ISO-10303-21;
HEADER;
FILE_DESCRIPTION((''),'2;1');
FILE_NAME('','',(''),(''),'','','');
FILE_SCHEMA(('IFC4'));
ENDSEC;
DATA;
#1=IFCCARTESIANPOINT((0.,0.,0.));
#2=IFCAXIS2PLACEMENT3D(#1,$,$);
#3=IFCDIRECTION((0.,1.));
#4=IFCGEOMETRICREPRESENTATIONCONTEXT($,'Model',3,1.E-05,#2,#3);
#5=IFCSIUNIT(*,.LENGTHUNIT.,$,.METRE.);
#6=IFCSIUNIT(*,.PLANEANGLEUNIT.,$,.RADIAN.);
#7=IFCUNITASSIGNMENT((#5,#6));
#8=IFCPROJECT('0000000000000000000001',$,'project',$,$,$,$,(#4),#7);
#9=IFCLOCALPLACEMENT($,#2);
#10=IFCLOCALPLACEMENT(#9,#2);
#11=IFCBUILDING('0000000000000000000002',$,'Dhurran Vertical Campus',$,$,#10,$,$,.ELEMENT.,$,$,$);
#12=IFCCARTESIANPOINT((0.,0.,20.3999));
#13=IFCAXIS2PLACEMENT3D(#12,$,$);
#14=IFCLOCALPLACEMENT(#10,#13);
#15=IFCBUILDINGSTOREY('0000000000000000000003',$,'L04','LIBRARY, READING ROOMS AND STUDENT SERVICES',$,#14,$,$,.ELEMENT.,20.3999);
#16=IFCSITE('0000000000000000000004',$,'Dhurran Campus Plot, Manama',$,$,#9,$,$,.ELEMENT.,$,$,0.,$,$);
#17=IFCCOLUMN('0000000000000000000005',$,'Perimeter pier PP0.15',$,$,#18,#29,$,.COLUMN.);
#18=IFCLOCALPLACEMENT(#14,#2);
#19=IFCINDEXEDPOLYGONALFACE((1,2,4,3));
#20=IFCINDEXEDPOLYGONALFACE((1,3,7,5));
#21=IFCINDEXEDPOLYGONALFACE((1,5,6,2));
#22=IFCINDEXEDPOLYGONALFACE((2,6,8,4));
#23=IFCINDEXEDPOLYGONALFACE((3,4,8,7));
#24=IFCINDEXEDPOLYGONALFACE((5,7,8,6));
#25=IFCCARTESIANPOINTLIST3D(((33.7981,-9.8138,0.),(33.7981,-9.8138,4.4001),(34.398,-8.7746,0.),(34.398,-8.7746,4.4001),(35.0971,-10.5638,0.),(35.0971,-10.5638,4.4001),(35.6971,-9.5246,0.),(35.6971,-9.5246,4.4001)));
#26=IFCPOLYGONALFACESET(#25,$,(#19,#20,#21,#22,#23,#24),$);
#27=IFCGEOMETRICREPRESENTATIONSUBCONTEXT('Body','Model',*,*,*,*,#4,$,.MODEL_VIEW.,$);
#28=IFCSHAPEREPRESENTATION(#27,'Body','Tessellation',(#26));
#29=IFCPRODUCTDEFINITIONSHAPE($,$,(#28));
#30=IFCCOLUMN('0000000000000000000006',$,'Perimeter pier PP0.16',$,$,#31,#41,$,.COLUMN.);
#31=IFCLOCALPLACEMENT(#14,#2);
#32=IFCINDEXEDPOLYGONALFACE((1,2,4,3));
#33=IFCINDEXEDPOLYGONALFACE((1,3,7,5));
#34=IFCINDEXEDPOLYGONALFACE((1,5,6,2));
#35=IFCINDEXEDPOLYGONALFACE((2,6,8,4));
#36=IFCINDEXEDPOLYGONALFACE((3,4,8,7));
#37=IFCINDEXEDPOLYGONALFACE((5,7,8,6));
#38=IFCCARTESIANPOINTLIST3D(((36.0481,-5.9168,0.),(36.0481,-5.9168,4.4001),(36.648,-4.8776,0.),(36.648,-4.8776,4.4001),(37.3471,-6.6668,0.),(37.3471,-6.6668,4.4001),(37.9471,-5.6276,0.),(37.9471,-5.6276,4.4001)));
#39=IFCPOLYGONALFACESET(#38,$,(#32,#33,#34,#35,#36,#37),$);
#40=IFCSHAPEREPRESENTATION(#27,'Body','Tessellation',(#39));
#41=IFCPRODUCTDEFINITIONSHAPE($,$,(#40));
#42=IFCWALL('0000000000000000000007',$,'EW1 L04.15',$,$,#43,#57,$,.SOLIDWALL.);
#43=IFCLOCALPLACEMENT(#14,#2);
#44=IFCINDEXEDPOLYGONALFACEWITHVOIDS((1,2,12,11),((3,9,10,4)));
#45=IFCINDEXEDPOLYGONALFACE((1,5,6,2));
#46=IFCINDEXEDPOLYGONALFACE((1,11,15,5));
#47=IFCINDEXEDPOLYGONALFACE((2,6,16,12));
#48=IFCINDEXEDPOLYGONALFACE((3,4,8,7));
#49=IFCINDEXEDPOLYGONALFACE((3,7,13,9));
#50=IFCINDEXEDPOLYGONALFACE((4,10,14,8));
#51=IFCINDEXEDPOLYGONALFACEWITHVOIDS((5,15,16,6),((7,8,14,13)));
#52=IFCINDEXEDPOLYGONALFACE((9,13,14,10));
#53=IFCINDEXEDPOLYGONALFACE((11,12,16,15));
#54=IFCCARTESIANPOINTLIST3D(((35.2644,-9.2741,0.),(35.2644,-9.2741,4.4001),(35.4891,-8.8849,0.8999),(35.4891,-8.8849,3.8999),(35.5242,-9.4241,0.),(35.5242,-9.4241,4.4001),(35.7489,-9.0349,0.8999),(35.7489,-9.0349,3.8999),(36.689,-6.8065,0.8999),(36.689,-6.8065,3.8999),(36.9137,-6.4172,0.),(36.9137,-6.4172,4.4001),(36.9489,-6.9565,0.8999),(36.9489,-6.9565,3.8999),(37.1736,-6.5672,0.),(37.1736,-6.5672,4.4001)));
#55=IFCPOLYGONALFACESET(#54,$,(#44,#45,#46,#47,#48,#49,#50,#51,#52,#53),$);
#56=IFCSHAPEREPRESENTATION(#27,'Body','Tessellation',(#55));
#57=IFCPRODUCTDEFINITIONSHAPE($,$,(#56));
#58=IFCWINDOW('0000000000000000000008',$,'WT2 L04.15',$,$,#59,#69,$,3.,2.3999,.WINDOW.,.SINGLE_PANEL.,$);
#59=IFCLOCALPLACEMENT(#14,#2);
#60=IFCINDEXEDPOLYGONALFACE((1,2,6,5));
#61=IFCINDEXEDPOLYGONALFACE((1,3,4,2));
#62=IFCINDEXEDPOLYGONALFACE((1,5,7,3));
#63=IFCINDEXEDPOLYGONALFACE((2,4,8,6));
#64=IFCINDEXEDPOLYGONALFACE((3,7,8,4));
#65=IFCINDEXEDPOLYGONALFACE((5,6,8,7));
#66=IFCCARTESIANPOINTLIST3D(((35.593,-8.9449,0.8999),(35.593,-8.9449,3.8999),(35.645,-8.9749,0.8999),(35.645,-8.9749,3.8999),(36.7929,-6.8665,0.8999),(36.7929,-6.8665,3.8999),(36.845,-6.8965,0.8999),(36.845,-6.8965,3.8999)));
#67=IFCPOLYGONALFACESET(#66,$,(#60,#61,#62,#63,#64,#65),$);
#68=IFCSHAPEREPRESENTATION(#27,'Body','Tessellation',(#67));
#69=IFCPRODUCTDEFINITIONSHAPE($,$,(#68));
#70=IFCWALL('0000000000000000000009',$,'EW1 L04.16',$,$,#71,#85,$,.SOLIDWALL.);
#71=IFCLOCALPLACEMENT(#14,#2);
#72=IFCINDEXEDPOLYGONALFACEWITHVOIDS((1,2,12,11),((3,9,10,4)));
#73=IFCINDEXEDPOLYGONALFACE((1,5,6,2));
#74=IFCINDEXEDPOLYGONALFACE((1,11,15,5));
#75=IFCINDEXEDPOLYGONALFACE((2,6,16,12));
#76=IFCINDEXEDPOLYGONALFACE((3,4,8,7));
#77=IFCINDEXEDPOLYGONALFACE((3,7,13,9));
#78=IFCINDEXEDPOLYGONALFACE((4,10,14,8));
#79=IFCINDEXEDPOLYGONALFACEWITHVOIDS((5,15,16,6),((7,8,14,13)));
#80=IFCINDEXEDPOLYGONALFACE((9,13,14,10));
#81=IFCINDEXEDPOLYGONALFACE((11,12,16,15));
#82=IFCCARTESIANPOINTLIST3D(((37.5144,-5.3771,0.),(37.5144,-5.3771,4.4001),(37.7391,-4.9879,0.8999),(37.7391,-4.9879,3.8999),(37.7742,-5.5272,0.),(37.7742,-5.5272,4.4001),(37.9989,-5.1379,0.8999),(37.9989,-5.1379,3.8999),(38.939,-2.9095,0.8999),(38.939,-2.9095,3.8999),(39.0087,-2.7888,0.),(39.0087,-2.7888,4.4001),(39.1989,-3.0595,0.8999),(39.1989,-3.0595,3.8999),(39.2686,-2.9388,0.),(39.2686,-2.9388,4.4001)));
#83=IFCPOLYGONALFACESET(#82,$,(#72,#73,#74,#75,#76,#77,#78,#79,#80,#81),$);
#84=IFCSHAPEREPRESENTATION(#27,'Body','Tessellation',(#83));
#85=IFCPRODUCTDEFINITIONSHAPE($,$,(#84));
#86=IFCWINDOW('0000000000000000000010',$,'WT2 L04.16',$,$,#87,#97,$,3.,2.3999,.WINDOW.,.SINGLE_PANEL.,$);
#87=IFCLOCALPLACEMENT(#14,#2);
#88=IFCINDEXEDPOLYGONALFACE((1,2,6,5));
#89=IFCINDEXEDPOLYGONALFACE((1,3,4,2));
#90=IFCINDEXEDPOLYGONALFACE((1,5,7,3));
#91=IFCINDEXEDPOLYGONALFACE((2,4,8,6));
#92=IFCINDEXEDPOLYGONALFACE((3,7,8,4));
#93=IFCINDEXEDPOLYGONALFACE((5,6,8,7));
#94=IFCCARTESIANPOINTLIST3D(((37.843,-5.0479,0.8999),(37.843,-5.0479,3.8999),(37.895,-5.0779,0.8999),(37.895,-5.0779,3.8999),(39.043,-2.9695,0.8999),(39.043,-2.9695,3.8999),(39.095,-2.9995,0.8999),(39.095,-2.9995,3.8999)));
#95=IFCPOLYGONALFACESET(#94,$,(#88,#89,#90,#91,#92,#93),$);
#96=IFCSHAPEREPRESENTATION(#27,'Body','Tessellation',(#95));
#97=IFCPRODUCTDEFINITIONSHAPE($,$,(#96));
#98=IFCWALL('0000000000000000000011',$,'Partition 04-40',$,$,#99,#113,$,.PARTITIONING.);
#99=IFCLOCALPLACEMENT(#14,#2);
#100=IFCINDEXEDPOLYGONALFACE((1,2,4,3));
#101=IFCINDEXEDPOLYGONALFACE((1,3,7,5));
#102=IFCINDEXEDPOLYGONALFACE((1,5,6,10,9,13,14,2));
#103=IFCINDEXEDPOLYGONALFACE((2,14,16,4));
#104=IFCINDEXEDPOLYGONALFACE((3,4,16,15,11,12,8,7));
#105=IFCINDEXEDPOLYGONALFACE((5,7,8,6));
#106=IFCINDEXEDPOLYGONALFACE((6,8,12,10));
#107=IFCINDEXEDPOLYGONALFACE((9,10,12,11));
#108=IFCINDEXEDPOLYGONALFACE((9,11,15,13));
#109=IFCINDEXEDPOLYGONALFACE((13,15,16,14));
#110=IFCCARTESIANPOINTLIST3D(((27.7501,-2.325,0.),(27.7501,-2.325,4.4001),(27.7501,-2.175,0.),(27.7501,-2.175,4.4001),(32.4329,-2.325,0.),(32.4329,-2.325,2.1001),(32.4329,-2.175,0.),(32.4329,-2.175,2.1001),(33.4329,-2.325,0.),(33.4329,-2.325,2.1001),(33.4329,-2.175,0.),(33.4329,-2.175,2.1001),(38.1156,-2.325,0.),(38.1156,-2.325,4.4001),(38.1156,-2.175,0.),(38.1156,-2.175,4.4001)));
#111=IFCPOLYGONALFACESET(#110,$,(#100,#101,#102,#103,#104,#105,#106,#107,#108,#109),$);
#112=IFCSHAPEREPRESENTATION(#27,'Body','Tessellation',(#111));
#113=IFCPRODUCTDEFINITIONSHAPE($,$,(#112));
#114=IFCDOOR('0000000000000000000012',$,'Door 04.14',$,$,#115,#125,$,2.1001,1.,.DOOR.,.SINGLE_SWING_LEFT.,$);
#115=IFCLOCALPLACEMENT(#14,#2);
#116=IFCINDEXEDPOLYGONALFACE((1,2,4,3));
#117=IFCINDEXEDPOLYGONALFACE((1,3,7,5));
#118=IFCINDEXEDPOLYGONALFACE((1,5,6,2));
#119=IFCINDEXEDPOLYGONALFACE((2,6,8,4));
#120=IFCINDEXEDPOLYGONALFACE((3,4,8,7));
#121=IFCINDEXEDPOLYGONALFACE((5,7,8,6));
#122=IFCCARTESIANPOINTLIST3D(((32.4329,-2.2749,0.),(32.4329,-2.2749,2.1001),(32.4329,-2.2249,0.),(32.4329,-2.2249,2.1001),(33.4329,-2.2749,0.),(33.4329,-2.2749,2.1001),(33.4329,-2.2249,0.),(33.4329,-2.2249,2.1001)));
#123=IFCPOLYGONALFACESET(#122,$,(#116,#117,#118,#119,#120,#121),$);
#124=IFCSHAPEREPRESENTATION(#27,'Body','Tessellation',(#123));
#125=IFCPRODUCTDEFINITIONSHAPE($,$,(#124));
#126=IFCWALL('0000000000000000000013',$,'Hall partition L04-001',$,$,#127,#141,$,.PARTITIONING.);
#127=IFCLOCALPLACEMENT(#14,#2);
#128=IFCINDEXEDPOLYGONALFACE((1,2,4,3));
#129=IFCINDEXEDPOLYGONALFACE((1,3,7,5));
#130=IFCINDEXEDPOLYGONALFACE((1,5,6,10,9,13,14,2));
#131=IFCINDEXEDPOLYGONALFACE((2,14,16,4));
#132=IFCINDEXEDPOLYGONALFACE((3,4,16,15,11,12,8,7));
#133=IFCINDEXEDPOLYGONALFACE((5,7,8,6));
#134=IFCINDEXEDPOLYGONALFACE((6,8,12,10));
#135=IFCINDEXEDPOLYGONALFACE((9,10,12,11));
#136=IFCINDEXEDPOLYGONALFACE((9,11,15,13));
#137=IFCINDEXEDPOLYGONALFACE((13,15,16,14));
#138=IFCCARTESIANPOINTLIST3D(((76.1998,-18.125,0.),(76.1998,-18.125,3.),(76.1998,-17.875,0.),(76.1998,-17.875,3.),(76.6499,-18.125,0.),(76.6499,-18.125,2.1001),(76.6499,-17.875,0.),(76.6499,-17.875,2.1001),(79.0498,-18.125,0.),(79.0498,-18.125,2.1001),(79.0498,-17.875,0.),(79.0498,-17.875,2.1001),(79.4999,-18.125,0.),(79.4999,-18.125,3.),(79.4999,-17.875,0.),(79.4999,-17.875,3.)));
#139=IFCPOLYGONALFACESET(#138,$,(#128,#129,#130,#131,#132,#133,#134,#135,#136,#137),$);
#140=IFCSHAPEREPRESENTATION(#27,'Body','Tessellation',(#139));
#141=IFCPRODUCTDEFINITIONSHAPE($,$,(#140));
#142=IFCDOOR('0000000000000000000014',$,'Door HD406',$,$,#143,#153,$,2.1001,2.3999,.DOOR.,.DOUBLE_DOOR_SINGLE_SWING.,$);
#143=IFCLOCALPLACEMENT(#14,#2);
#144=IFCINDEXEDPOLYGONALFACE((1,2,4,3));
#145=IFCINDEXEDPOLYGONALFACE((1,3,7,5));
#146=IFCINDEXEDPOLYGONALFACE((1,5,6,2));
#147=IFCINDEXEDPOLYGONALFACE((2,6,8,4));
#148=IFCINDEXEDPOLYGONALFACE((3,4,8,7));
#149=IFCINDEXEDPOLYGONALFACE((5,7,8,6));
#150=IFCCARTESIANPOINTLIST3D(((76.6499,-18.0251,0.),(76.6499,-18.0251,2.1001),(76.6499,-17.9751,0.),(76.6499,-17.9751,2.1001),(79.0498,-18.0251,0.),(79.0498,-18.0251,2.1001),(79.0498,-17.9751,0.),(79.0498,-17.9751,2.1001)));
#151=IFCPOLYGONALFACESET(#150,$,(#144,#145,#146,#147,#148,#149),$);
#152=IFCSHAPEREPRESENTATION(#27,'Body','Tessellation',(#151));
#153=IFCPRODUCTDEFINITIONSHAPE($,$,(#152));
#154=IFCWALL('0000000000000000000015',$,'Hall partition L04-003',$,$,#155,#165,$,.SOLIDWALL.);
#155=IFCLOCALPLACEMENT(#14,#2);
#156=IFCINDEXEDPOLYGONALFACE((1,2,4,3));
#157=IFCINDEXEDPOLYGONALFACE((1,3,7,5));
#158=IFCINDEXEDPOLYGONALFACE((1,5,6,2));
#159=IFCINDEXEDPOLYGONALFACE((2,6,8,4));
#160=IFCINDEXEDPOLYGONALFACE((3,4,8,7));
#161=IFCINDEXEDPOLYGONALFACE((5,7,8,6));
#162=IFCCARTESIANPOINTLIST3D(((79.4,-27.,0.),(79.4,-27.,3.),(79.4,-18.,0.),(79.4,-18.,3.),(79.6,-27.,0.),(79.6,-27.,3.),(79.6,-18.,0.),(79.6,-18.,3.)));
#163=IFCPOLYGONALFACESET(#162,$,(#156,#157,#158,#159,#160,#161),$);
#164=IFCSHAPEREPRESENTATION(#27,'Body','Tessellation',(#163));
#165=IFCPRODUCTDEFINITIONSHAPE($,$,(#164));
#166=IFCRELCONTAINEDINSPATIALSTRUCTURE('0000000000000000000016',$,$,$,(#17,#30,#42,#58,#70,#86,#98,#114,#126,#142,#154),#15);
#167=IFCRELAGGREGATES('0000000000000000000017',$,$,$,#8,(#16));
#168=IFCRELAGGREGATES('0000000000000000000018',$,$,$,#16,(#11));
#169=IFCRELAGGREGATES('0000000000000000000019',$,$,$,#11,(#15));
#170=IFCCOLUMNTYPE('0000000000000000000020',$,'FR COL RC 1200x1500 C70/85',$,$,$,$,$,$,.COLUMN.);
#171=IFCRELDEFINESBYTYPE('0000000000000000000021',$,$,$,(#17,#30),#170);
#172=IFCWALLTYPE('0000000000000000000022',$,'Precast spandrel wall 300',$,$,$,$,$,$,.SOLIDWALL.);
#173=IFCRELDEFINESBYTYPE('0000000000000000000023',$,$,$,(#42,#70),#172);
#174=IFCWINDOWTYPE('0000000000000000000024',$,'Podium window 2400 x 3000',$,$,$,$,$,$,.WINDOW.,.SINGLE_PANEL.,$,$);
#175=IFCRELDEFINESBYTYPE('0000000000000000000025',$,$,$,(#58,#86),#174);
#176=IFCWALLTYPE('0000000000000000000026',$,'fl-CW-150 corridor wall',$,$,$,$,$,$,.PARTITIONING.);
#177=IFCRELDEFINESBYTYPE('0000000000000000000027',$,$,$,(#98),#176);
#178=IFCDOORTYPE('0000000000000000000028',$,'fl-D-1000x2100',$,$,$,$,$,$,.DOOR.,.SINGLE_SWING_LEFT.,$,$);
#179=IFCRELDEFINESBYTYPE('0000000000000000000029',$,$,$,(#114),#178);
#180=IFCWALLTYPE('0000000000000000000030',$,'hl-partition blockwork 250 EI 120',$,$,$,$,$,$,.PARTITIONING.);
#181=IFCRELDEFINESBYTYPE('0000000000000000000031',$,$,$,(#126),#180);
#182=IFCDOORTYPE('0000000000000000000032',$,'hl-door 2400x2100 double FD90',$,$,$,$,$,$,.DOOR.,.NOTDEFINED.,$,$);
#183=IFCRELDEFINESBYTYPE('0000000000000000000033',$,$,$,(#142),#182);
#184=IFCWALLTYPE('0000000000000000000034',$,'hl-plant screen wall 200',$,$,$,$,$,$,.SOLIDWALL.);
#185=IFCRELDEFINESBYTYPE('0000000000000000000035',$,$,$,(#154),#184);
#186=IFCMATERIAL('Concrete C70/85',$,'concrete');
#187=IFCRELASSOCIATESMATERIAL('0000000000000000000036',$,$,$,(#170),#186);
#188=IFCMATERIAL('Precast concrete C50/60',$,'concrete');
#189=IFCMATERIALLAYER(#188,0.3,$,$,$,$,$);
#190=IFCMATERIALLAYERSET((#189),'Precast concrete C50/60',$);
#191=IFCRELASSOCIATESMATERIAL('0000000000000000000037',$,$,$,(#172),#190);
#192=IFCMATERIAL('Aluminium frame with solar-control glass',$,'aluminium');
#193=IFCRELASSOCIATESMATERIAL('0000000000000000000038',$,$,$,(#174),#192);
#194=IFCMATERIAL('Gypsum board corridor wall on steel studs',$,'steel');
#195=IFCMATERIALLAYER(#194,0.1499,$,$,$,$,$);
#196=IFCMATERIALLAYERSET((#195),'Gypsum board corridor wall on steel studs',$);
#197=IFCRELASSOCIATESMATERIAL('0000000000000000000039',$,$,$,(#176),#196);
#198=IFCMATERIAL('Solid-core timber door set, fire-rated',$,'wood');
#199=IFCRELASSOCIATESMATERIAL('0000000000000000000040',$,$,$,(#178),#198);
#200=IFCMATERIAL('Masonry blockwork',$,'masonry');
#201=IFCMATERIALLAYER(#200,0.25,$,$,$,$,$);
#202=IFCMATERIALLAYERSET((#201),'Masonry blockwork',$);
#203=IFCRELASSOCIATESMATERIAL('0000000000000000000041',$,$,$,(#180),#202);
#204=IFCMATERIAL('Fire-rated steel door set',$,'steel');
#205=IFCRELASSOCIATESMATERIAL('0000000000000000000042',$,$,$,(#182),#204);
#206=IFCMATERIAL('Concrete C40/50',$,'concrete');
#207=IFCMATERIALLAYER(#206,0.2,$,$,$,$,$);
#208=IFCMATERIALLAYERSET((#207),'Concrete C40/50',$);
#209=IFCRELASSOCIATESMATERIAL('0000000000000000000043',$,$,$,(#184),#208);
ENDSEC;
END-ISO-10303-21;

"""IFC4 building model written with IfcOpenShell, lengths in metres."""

from ifc_helpers import new_model, si_unit, direction, frame, frame_2d, origin, origin_2d, place, context, subcontext, project, spatial, rectangle, extrude, material, layer, layer_set, material_profile, profile_set, type_object, element, fill, save


model = new_model("IFC4")

# Units and contexts
model_context = context("Model", 3, precision=1e-05, world=origin(), true_north=direction((0.0, 1.0)))
body_context = subcontext(model_context, "Body", "Model", "MODEL_VIEW")
ifc_project = project(units=[si_unit("LENGTHUNIT", "METRE"), si_unit("PLANEANGLEUNIT", "RADIAN")], contexts=[model_context])

# Site, building, storey
site_placement = place(None, origin())
site = spatial("IfcSite", under=ifc_project, at=site_placement, Name="Dhurran Campus Plot, Manama", CompositionType="ELEMENT", RefElevation=0.0)
building_placement = place(site_placement, origin())
building = spatial("IfcBuilding", under=site, at=building_placement, Name="Dhurran Vertical Campus", CompositionType="ELEMENT")
storey_placement = place(building_placement, frame((0.0, 0.0, 20.3999)))
storey = spatial("IfcBuildingStorey", under=building, at=storey_placement, Name="L04", Description="LIBRARY, READING ROOMS AND STUDENT SERVICES", CompositionType="ELEMENT", Elevation=20.3999)

# Columns
ifc_material_1 = material(Name="Concrete C70/85", Category="concrete")
ifc_material_profile = material_profile(ifc_material_1, rectangle(XDim=1.2, YDim=1.5, at=origin_2d()), Name="RC 1200x1500")
ifc_profile_set = profile_set([ifc_material_profile], Name="Concrete C70/85")
column_type = type_object("IfcColumnType", Name="FR COL RC 1200x1500 C70/85", PredefinedType="COLUMN", material=ifc_profile_set)
for number, where, z_axis, x_axis, name in (
    (1, (34.7476, -9.6692, 0.0), (0.0, 0.0, 1.0), (0.5, 0.866025, 0.0), "Perimeter pier PP0.15"),
    (2, (36.9976, -5.7722, 0.0), (0.0, 0.0, 1.0), (0.5, 0.866025, 0.0), "Perimeter pier PP0.16"),
):
    element("IfcColumn", number, at=place(storey_placement, frame(where, z_axis=z_axis, x_axis=x_axis)), inside=storey, type_object=column_type, Name=name, PredefinedType="COLUMN", context=body_context, shape_type="SweptSolid", body=[
        extrude(rectangle(XDim=1.2, YDim=1.5, at=origin_2d()), origin(), (0.0, 0.0, 1.0), 4.4001),
    ])

# Walls, openings, windows
ifc_material_2 = material(Name="Precast concrete C50/60", Category="concrete")
ifc_layer_1 = layer(ifc_material_2, 0.3)
ifc_layer_set_1 = layer_set([ifc_layer_1], Name="Precast concrete C50/60")
wall_type_1 = type_object("IfcWallType", Name="Precast spandrel wall 300", PredefinedType="SOLIDWALL", material=ifc_layer_set_1)
wall_1_placement = place(storey_placement, frame((35.3943, -9.3491, 0.0), z_axis=(0.0, 0.0, 1.0), x_axis=(0.499992, 0.86603, 0.0)))
wall_1 = element("IfcWall", 3, at=wall_1_placement, inside=storey, type_object=wall_type_1, Name="EW1 L04.15", PredefinedType="SOLIDWALL", context=body_context, shape_type="SweptSolid", body=[
    extrude(rectangle(XDim=3.2988, YDim=0.3, at=frame_2d((1.6494, 0.0))), origin(), (0.0, 0.0, 1.0), 4.4001),
])
opening_1_placement = place(wall_1_placement, frame((0.4495, 0.0, 0.8999)))
opening_1 = element("IfcOpeningElement", 4, at=opening_1_placement, cuts=wall_1, PredefinedType="OPENING", context=body_context, shape_type="SweptSolid", body=[
    extrude(rectangle(XDim=2.3999, YDim=3.0, at=frame_2d((1.2, 1.5))), frame((0.0, 0.1599, 0.0), z_axis=(0.0, -1.0, 0.0), x_axis=(1.0, 0.0, 0.0)), (0.0, 0.0, 1.0), 0.3201),
])
ifc_material_3 = material(Name="Aluminium frame with solar-control glass", Category="aluminium")
window_type = type_object("IfcWindowType", Name="Podium window 2400 x 3000", PartitioningType="SINGLE_PANEL", PredefinedType="WINDOW", material=ifc_material_3)
window_1_placement = place(opening_1_placement, origin())
window_1 = element("IfcWindow", 5, at=window_1_placement, inside=storey, type_object=window_type, Name="WT2 L04.15", OverallHeight=3.0, OverallWidth=2.3999, PartitioningType="SINGLE_PANEL", PredefinedType="WINDOW", context=body_context, shape_type="SweptSolid", body=[
    extrude(rectangle(XDim=2.3999, YDim=3.0, at=frame_2d((1.2, 1.5))), frame((0.0, 0.03, 0.0), z_axis=(0.0, -1.0, 0.0), x_axis=(1.0, 0.0, 0.0)), (0.0, 0.0, 1.0), 0.0601),
])
fill(opening_1, window_1)
wall_2_placement = place(storey_placement, frame((37.6443, -5.4521, 0.0), z_axis=(0.0, 0.0, 1.0), x_axis=(0.499996, 0.866028, 0.0)))
wall_2 = element("IfcWall", 6, at=wall_2_placement, inside=storey, type_object=wall_type_1, Name="EW1 L04.16", PredefinedType="SOLIDWALL", context=body_context, shape_type="SweptSolid", body=[
    extrude(rectangle(XDim=2.9888, YDim=0.3, at=frame_2d((1.4944, 0.0))), origin(), (0.0, 0.0, 1.0), 4.4001),
])
opening_2_placement = place(wall_2_placement, frame((0.4495, 0.0, 0.8999)))
opening_2 = element("IfcOpeningElement", 7, at=opening_2_placement, cuts=wall_2, PredefinedType="OPENING", context=body_context, shape_type="SweptSolid", body=[
    extrude(rectangle(XDim=2.3999, YDim=3.0, at=frame_2d((1.2, 1.5))), frame((0.0, 0.1599, 0.0), z_axis=(0.0, -1.0, 0.0), x_axis=(1.0, 0.0, 0.0)), (0.0, 0.0, 1.0), 0.3201),
])
window_2_placement = place(opening_2_placement, origin())
window_2 = element("IfcWindow", 8, at=window_2_placement, inside=storey, type_object=window_type, Name="WT2 L04.16", OverallHeight=3.0, OverallWidth=2.3999, PartitioningType="SINGLE_PANEL", PredefinedType="WINDOW", context=body_context, shape_type="SweptSolid", body=[
    extrude(rectangle(XDim=2.3999, YDim=3.0, at=frame_2d((1.2, 1.5))), frame((0.0, 0.03, 0.0), z_axis=(0.0, -1.0, 0.0), x_axis=(1.0, 0.0, 0.0)), (0.0, 0.0, 1.0), 0.0601),
])
fill(opening_2, window_2)

# Walls, openings, doors
ifc_material_4 = material(Name="Gypsum board corridor wall on steel studs", Category="steel")
ifc_layer_2 = layer(ifc_material_4, 0.1499)
ifc_layer_set_2 = layer_set([ifc_layer_2], Name="Gypsum board corridor wall on steel studs")
wall_type_2 = type_object("IfcWallType", Name="fl-CW-150 corridor wall", PredefinedType="PARTITIONING", material=ifc_layer_set_2)
wall_3_placement = place(storey_placement, frame((38.1155, -2.25, 0.0), z_axis=(0.0, 0.0, 1.0), x_axis=(-1.0, 0.0, 0.0)))
wall_3 = element("IfcWall", 9, at=wall_3_placement, inside=storey, type_object=wall_type_2, Name="Partition 04-40", PredefinedType="PARTITIONING", context=body_context, shape_type="SweptSolid", body=[
    extrude(rectangle(XDim=10.3655, YDim=0.1499, at=frame_2d((5.1826, 0.0))), origin(), (0.0, 0.0, 1.0), 4.4001),
])
opening_3_placement = place(wall_3_placement, frame((4.6826, 0.0, 0.0)))
opening_3 = element("IfcOpeningElement", 10, at=opening_3_placement, cuts=wall_3, PredefinedType="OPENING", context=body_context, shape_type="SweptSolid", body=[
    extrude(rectangle(XDim=1.0, YDim=2.1001, at=frame_2d((0.5, 1.05))), frame((0.0, 0.085, 0.0), z_axis=(0.0, -1.0, 0.0), x_axis=(1.0, 0.0, 0.0)), (0.0, 0.0, 1.0), 0.1699),
])
ifc_material_5 = material(Name="Solid-core timber door set, fire-rated", Category="wood")
door_type_1 = type_object("IfcDoorType", Name="fl-D-1000x2100", OperationType="SINGLE_SWING_LEFT", PredefinedType="DOOR", material=ifc_material_5)
door_1_placement = place(opening_3_placement, origin())
door_1 = element("IfcDoor", 11, at=door_1_placement, inside=storey, type_object=door_type_1, Name="Door 04.14", OperationType="SINGLE_SWING_LEFT", OverallHeight=2.1001, OverallWidth=1.0, PredefinedType="DOOR", context=body_context, shape_type="SweptSolid", body=[
    extrude(rectangle(XDim=1.0, YDim=2.1001, at=frame_2d((0.5, 1.05))), frame((0.0, 0.0249, 0.0), z_axis=(0.0, -1.0, 0.0), x_axis=(1.0, 0.0, 0.0)), (0.0, 0.0, 1.0), 0.05),
])
fill(opening_3, door_1)
ifc_material_6 = material(Name="Masonry blockwork", Category="masonry")
ifc_layer_3 = layer(ifc_material_6, 0.25)
ifc_layer_set_3 = layer_set([ifc_layer_3], Name="Masonry blockwork")
wall_type_3 = type_object("IfcWallType", Name="hl-partition blockwork 250 EI 120", PredefinedType="PARTITIONING", material=ifc_layer_set_3)
wall_4_placement = place(storey_placement, frame((76.2, -18.0, 0.0), z_axis=(0.0, 0.0, 1.0), x_axis=(1.0, 0.0, 0.0)))
wall_4 = element("IfcWall", 12, at=wall_4_placement, inside=storey, type_object=wall_type_3, Name="Hall partition L04-001", PredefinedType="PARTITIONING", context=body_context, shape_type="SweptSolid", body=[
    extrude(rectangle(XDim=3.3, YDim=0.25, at=frame_2d((1.6499, 0.0))), origin(), (0.0, 0.0, 1.0), 3.0),
])
opening_4_placement = place(wall_4_placement, frame((0.45, 0.0, 0.0)))
opening_4 = element("IfcOpeningElement", 13, at=opening_4_placement, cuts=wall_4, PredefinedType="OPENING", context=body_context, shape_type="SweptSolid", body=[
    extrude(rectangle(XDim=2.3999, YDim=2.1001, at=frame_2d((1.2, 1.05))), frame((0.0, 0.135, 0.0), z_axis=(0.0, -1.0, 0.0), x_axis=(1.0, 0.0, 0.0)), (0.0, 0.0, 1.0), 0.27),
])
ifc_material_7 = material(Name="Fire-rated steel door set", Category="steel")
door_type_2 = type_object("IfcDoorType", Name="hl-door 2400x2100 double FD90", OperationType="NOTDEFINED", PredefinedType="DOOR", material=ifc_material_7)
door_2_placement = place(opening_4_placement, origin())
door_2 = element("IfcDoor", 14, at=door_2_placement, inside=storey, type_object=door_type_2, Name="Door HD406", OperationType="DOUBLE_DOOR_SINGLE_SWING", OverallHeight=2.1001, OverallWidth=2.3999, PredefinedType="DOOR", context=body_context, shape_type="SweptSolid", body=[
    extrude(rectangle(XDim=2.3999, YDim=2.1001, at=frame_2d((1.2, 1.05))), frame((0.0, 0.0249, 0.0), z_axis=(0.0, -1.0, 0.0), x_axis=(1.0, 0.0, 0.0)), (0.0, 0.0, 1.0), 0.05),
])
fill(opening_4, door_2)

# Wall
ifc_material_8 = material(Name="Concrete C40/50", Category="concrete")
ifc_layer_4 = layer(ifc_material_8, 0.2)
ifc_layer_set_4 = layer_set([ifc_layer_4], Name="Concrete C40/50")
wall_type_4 = type_object("IfcWallType", Name="hl-plant screen wall 200", PredefinedType="SOLIDWALL", material=ifc_layer_set_4)
wall_5_placement = place(storey_placement, frame((79.5, -27.0, 0.0), z_axis=(0.0, 0.0, 1.0), x_axis=(0.0, 1.0, 0.0)))
element("IfcWall", 15, at=wall_5_placement, inside=storey, type_object=wall_type_4, Name="Hall partition L04-003", PredefinedType="SOLIDWALL", context=body_context, shape_type="SweptSolid", body=[
    extrude(rectangle(XDim=9.0, YDim=0.2, at=frame_2d((4.5, 0.0))), origin(), (0.0, 0.0, 1.0), 3.0),
])

save(model, "model.ifc")
